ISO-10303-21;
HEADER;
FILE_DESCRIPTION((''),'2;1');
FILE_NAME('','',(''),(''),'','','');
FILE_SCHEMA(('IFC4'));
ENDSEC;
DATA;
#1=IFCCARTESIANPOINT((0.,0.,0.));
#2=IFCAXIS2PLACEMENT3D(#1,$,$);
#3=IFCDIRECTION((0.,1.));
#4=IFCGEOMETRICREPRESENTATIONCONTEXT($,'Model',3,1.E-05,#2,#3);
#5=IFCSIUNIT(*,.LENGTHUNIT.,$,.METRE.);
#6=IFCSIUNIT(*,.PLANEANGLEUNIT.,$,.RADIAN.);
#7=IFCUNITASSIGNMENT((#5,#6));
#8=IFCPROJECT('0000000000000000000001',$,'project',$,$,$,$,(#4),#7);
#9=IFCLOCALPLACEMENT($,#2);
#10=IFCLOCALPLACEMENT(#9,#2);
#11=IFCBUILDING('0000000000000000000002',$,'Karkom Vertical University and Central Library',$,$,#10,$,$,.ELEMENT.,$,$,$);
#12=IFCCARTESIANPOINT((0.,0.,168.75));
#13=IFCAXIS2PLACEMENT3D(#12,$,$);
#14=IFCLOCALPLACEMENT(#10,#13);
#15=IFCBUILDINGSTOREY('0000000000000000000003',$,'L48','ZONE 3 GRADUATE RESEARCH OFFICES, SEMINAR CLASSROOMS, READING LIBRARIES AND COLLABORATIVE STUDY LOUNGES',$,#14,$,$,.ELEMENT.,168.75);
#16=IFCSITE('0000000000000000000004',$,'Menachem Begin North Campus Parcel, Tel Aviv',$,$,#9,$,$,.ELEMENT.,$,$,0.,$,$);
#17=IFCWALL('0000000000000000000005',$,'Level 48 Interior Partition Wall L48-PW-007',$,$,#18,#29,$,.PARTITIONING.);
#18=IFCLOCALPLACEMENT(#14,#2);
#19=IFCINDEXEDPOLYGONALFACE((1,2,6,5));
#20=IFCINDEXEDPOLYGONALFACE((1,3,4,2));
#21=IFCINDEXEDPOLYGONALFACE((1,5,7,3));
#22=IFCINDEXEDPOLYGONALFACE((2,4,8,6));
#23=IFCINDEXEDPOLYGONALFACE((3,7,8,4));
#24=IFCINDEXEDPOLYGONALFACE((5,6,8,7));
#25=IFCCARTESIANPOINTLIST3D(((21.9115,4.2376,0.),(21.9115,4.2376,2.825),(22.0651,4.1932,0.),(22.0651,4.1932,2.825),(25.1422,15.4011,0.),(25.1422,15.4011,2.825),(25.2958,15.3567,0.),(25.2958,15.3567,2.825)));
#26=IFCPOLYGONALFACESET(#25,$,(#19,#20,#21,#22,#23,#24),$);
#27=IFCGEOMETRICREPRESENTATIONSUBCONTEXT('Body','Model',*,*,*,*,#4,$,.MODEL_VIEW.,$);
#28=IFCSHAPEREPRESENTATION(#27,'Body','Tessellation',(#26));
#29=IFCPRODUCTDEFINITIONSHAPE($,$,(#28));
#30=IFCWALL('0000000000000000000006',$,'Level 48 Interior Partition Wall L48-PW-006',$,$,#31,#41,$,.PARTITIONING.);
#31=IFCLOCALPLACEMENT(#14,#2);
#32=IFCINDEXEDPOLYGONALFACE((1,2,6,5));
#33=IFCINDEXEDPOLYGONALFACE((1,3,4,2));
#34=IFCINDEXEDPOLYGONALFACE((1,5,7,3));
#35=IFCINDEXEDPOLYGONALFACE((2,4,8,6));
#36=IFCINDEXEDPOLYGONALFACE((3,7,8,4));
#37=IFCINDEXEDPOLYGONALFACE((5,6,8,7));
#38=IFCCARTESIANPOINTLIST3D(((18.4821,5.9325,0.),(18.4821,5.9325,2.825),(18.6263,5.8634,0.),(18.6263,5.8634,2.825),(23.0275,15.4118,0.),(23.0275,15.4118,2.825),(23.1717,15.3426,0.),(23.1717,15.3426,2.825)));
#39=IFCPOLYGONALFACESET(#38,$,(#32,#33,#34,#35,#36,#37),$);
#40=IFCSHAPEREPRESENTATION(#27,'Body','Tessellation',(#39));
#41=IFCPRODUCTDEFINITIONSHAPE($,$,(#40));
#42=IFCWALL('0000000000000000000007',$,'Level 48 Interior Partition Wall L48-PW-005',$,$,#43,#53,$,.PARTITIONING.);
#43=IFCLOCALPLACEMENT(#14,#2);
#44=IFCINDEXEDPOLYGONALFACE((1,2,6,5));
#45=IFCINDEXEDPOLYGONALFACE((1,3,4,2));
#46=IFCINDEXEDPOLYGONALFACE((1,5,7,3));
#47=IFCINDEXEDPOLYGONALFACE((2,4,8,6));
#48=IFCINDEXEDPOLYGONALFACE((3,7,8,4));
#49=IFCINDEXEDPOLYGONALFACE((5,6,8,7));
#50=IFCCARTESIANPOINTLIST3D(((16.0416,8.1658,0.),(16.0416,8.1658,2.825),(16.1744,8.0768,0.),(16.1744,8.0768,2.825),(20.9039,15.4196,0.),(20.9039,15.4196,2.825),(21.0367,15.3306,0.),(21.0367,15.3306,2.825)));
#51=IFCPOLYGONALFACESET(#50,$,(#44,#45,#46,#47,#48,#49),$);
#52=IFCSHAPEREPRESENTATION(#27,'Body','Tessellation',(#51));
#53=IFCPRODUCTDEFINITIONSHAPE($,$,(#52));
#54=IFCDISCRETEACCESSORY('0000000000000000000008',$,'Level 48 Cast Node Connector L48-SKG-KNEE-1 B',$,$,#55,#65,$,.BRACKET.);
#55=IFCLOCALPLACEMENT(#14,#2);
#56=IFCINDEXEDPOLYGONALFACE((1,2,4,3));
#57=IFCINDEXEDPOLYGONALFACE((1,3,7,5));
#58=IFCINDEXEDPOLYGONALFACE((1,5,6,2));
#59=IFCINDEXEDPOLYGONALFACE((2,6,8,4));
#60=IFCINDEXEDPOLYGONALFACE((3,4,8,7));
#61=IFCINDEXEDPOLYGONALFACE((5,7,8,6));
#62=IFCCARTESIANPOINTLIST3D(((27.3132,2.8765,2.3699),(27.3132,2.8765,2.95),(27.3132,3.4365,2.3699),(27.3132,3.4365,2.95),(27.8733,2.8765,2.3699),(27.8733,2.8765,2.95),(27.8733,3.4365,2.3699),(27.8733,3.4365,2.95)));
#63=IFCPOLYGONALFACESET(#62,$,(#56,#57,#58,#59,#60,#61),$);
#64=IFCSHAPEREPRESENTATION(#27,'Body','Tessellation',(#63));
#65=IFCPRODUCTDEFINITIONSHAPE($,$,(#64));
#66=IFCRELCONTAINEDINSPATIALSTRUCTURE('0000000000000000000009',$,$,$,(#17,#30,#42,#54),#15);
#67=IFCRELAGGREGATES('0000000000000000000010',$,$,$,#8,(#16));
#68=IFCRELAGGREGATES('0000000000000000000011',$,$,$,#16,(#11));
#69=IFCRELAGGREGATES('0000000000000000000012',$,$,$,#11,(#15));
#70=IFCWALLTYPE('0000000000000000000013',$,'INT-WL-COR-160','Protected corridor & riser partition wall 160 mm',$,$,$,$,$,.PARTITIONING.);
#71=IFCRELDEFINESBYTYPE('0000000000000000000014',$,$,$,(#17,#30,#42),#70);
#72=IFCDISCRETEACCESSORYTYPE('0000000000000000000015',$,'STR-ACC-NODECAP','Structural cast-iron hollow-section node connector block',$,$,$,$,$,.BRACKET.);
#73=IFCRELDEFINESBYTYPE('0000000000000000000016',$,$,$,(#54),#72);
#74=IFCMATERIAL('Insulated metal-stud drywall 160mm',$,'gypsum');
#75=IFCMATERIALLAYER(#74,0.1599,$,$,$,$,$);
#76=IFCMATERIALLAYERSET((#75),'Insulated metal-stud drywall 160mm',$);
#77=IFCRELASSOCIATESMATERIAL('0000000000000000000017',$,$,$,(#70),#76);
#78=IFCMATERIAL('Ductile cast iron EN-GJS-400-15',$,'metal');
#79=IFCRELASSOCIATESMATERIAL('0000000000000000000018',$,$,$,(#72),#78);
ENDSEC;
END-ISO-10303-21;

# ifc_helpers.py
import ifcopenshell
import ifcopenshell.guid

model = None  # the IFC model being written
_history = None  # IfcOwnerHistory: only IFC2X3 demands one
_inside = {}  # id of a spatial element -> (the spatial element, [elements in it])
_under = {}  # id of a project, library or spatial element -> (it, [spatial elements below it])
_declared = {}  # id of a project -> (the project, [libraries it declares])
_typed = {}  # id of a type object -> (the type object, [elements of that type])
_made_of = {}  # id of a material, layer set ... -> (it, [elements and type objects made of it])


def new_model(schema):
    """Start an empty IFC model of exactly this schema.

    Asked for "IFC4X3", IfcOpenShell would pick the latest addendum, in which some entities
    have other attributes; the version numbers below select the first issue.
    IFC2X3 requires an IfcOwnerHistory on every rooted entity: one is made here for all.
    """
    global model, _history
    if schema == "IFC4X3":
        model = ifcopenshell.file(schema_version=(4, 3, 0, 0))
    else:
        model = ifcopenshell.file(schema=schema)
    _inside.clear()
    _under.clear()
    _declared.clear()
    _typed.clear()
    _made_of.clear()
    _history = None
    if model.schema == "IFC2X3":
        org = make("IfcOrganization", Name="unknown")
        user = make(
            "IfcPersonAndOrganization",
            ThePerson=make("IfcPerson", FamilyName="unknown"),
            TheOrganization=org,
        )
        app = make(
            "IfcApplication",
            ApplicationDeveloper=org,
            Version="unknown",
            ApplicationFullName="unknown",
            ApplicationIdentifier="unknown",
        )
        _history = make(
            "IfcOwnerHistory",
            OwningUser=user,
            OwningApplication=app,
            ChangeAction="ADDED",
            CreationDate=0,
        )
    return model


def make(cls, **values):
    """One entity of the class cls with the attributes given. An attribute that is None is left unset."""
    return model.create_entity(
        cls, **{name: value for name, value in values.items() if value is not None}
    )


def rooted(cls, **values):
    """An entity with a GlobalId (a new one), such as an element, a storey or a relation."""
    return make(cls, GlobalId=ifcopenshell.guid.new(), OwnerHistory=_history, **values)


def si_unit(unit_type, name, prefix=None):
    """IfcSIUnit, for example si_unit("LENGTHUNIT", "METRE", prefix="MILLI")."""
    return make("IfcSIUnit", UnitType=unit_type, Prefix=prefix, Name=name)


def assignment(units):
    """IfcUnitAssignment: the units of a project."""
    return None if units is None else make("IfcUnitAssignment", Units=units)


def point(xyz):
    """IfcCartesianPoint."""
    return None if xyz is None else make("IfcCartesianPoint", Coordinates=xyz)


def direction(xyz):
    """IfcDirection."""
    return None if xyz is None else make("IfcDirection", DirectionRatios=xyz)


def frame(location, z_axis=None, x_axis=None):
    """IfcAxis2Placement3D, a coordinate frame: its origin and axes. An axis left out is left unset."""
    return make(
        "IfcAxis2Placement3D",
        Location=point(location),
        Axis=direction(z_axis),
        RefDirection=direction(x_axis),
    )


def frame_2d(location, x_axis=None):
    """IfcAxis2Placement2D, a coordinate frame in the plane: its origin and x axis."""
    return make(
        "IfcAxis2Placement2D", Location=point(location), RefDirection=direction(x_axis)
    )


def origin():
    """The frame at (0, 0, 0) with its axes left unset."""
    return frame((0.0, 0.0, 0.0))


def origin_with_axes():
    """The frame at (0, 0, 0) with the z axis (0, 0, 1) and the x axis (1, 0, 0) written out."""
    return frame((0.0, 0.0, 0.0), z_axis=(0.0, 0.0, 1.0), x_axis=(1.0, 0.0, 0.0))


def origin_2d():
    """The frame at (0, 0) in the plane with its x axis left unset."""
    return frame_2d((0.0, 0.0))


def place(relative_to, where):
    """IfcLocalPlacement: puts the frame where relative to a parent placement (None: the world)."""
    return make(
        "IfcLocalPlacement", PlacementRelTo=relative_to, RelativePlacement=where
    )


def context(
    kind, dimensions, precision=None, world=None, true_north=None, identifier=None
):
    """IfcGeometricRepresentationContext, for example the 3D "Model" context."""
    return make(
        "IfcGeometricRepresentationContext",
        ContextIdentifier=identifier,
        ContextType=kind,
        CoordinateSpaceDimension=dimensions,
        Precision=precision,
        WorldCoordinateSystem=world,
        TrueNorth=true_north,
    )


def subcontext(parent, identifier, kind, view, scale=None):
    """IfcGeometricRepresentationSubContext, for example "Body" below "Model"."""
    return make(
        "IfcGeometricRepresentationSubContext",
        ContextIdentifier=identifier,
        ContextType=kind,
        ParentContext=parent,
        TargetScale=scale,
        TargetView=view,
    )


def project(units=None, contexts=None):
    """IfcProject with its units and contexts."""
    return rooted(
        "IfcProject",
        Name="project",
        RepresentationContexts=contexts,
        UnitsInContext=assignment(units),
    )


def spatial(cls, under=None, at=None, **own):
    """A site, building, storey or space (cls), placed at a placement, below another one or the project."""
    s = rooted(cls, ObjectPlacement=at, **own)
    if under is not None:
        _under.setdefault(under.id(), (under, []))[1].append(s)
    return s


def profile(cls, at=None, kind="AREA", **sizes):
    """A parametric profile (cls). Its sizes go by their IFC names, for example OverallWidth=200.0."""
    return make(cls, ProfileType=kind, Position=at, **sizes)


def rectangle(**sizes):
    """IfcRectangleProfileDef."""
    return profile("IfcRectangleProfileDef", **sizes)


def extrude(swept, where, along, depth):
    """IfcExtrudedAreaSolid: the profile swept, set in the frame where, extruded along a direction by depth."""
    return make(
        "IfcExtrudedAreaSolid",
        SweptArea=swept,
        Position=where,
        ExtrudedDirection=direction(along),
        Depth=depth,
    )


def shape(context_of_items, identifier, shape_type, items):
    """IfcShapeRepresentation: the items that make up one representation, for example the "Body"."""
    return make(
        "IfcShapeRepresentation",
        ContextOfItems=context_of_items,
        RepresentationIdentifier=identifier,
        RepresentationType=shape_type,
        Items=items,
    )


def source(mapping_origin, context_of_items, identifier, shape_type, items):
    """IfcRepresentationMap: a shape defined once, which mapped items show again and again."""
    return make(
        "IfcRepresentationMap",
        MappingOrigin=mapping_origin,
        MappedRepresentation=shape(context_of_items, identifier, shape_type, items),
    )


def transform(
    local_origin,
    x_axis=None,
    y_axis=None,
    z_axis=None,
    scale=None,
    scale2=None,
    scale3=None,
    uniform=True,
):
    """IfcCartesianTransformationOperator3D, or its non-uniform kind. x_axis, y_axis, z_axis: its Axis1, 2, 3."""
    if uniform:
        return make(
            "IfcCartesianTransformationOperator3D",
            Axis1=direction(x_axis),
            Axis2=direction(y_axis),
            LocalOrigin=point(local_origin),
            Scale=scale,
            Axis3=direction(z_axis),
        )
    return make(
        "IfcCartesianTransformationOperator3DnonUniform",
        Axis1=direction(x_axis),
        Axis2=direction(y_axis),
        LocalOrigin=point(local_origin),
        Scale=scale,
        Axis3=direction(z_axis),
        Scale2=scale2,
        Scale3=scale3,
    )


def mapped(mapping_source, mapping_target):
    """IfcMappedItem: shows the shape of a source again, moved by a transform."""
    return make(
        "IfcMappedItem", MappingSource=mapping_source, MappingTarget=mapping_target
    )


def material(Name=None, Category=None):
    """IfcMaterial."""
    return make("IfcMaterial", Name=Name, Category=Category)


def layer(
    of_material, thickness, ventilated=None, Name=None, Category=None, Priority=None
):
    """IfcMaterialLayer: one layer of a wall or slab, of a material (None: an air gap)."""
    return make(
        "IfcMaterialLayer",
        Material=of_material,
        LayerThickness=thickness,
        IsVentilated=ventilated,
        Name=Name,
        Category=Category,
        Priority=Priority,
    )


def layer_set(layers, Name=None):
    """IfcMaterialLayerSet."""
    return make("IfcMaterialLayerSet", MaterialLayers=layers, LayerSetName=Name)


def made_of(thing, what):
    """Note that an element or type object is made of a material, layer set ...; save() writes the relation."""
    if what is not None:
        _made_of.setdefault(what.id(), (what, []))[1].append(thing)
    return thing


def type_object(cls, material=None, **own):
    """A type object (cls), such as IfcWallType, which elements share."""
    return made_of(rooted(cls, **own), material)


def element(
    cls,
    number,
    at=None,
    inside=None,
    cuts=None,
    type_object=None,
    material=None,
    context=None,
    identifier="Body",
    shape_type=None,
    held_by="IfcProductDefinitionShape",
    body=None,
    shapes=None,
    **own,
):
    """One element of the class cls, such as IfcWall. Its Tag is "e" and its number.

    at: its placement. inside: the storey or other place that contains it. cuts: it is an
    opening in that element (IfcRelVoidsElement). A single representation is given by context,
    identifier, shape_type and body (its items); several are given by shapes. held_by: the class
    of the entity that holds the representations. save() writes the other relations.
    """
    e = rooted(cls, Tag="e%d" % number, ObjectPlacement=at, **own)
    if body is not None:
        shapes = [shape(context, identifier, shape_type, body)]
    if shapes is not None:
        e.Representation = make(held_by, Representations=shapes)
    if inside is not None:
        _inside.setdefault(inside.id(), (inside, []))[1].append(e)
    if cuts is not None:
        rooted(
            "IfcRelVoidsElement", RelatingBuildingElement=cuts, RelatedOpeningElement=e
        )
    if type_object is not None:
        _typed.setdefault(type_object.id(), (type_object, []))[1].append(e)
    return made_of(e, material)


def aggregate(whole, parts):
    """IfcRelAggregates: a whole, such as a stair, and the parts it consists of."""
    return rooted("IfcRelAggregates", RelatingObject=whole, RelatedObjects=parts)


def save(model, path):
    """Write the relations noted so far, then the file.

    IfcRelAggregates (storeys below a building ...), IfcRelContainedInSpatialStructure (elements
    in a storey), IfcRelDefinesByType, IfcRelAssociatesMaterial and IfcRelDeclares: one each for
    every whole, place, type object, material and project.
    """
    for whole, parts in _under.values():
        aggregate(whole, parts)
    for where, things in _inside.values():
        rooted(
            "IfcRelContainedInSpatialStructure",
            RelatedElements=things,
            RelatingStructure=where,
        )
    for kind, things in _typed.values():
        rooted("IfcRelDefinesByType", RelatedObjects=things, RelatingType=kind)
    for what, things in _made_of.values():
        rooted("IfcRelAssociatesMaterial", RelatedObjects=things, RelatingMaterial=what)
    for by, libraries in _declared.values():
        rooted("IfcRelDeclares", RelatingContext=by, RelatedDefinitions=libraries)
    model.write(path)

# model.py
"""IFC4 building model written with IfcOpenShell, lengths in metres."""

from ifc_helpers import new_model, si_unit, direction, frame, frame_2d, origin, origin_with_axes, origin_2d, place, context, subcontext, project, spatial, rectangle, extrude, source, transform, mapped, material, layer, layer_set, type_object, element, save


model = new_model("IFC4")

# Units and contexts
model_context = context("Model", 3, precision=1e-05, world=origin(), true_north=direction((0.0, 1.0)))
body_context = subcontext(model_context, "Body", "Model", "MODEL_VIEW")
ifc_project = project(units=[si_unit("LENGTHUNIT", "METRE"), si_unit("PLANEANGLEUNIT", "RADIAN")], contexts=[model_context])

# Site, building, storey
site_placement = place(None, origin())
site = spatial("IfcSite", under=ifc_project, at=site_placement, Name="Menachem Begin North Campus Parcel, Tel Aviv", CompositionType="ELEMENT", RefElevation=0.0)
building_placement = place(site_placement, origin())
building = spatial("IfcBuilding", under=site, at=building_placement, Name="Karkom Vertical University and Central Library", CompositionType="ELEMENT")
storey_placement = place(building_placement, frame((0.0, 0.0, 168.75)))
storey = spatial("IfcBuildingStorey", under=building, at=storey_placement, Name="L48", Description="ZONE 3 GRADUATE RESEARCH OFFICES, SEMINAR CLASSROOMS, READING LIBRARIES AND COLLABORATIVE STUDY LOUNGES", CompositionType="ELEMENT", Elevation=168.75)

# Wall
ifc_material_1 = material(Name="Insulated metal-stud drywall 160mm", Category="gypsum")
ifc_layer_1 = layer(ifc_material_1, 0.1599)
ifc_layer_set_1 = layer_set([ifc_layer_1], Name="Insulated metal-stud drywall 160mm")
wall_type_1 = type_object("IfcWallType", Name="INT-WL-COR-160", Description="Protected corridor & riser partition wall 160 mm", PredefinedType="PARTITIONING", material=ifc_layer_set_1)
wall_1_placement = place(storey_placement, frame((25.219, 15.3789, 0.0), z_axis=(0.0, 0.0, 1.0), x_axis=(-0.277991, -0.960584, 0.0)))
element("IfcWall", 1, at=wall_1_placement, inside=storey, type_object=wall_type_1, Name="Level 48 Interior Partition Wall L48-PW-007", PredefinedType="PARTITIONING", context=body_context, shape_type="SweptSolid", body=[
    extrude(rectangle(XDim=11.6216, YDim=0.1599, at=frame_2d((5.8108, 0.0))), origin(), (0.0, 0.0, 1.0), 2.825),
])

# Walls
wall_2_placement = place(storey_placement, frame((23.0996, 15.3772, 0.0), z_axis=(0.0, 0.0, 1.0), x_axis=(-0.432373, -0.901695, 0.0)))
element("IfcWall", 2, at=wall_2_placement, inside=storey, type_object=wall_type_1, Name="Level 48 Interior Partition Wall L48-PW-006", PredefinedType="PARTITIONING", context=body_context, shape_type="SweptSolid", body=[
    extrude(rectangle(XDim=10.5127, YDim=0.1599, at=frame_2d((5.2563, 0.0))), origin(), (0.0, 0.0, 1.0), 2.825),
])
wall_3_placement = place(storey_placement, frame((20.9702, 15.375, 0.0), z_axis=(0.0, 0.0, 1.0), x_axis=(-0.556789, -0.830654, 0.0)))
element("IfcWall", 3, at=wall_3_placement, inside=storey, type_object=wall_type_1, Name="Level 48 Interior Partition Wall L48-PW-005", PredefinedType="PARTITIONING", context=body_context, shape_type="SweptSolid", body=[
    extrude(rectangle(XDim=8.7327, YDim=0.1599, at=frame_2d((4.3662, 0.0))), origin(), (0.0, 0.0, 1.0), 2.825),
])

# Discrete accessory
ifc_material_2 = material(Name="Ductile cast iron EN-GJS-400-15", Category="metal")
discrete_accessory_type = type_object("IfcDiscreteAccessoryType", Name="STR-ACC-NODECAP", Description="Structural cast-iron hollow-section node connector block", PredefinedType="BRACKET", material=ifc_material_2)
shared_shape_1 = source(origin_with_axes(), body_context, "Body", "SweptSolid", [
    extrude(rectangle(XDim=0.5601, YDim=0.5601, at=origin_2d()), origin(), (0.0, 0.0, 1.0), 0.5801),
])
discrete_accessory_placement = place(storey_placement, frame((27.5933, 3.1565, 2.3699), z_axis=(0.0, 0.0, 1.0), x_axis=(1.0, 0.0, 0.0)))
element("IfcDiscreteAccessory", 4, at=discrete_accessory_placement, inside=storey, type_object=discrete_accessory_type, Name="Level 48 Cast Node Connector L48-SKG-KNEE-1 B", PredefinedType="BRACKET", context=body_context, shape_type="MappedRepresentation", body=[
    mapped(shared_shape_1, transform((0.0, 0.0, 0.0), scale=1.0)),
])

save(model, "model.ifc")
